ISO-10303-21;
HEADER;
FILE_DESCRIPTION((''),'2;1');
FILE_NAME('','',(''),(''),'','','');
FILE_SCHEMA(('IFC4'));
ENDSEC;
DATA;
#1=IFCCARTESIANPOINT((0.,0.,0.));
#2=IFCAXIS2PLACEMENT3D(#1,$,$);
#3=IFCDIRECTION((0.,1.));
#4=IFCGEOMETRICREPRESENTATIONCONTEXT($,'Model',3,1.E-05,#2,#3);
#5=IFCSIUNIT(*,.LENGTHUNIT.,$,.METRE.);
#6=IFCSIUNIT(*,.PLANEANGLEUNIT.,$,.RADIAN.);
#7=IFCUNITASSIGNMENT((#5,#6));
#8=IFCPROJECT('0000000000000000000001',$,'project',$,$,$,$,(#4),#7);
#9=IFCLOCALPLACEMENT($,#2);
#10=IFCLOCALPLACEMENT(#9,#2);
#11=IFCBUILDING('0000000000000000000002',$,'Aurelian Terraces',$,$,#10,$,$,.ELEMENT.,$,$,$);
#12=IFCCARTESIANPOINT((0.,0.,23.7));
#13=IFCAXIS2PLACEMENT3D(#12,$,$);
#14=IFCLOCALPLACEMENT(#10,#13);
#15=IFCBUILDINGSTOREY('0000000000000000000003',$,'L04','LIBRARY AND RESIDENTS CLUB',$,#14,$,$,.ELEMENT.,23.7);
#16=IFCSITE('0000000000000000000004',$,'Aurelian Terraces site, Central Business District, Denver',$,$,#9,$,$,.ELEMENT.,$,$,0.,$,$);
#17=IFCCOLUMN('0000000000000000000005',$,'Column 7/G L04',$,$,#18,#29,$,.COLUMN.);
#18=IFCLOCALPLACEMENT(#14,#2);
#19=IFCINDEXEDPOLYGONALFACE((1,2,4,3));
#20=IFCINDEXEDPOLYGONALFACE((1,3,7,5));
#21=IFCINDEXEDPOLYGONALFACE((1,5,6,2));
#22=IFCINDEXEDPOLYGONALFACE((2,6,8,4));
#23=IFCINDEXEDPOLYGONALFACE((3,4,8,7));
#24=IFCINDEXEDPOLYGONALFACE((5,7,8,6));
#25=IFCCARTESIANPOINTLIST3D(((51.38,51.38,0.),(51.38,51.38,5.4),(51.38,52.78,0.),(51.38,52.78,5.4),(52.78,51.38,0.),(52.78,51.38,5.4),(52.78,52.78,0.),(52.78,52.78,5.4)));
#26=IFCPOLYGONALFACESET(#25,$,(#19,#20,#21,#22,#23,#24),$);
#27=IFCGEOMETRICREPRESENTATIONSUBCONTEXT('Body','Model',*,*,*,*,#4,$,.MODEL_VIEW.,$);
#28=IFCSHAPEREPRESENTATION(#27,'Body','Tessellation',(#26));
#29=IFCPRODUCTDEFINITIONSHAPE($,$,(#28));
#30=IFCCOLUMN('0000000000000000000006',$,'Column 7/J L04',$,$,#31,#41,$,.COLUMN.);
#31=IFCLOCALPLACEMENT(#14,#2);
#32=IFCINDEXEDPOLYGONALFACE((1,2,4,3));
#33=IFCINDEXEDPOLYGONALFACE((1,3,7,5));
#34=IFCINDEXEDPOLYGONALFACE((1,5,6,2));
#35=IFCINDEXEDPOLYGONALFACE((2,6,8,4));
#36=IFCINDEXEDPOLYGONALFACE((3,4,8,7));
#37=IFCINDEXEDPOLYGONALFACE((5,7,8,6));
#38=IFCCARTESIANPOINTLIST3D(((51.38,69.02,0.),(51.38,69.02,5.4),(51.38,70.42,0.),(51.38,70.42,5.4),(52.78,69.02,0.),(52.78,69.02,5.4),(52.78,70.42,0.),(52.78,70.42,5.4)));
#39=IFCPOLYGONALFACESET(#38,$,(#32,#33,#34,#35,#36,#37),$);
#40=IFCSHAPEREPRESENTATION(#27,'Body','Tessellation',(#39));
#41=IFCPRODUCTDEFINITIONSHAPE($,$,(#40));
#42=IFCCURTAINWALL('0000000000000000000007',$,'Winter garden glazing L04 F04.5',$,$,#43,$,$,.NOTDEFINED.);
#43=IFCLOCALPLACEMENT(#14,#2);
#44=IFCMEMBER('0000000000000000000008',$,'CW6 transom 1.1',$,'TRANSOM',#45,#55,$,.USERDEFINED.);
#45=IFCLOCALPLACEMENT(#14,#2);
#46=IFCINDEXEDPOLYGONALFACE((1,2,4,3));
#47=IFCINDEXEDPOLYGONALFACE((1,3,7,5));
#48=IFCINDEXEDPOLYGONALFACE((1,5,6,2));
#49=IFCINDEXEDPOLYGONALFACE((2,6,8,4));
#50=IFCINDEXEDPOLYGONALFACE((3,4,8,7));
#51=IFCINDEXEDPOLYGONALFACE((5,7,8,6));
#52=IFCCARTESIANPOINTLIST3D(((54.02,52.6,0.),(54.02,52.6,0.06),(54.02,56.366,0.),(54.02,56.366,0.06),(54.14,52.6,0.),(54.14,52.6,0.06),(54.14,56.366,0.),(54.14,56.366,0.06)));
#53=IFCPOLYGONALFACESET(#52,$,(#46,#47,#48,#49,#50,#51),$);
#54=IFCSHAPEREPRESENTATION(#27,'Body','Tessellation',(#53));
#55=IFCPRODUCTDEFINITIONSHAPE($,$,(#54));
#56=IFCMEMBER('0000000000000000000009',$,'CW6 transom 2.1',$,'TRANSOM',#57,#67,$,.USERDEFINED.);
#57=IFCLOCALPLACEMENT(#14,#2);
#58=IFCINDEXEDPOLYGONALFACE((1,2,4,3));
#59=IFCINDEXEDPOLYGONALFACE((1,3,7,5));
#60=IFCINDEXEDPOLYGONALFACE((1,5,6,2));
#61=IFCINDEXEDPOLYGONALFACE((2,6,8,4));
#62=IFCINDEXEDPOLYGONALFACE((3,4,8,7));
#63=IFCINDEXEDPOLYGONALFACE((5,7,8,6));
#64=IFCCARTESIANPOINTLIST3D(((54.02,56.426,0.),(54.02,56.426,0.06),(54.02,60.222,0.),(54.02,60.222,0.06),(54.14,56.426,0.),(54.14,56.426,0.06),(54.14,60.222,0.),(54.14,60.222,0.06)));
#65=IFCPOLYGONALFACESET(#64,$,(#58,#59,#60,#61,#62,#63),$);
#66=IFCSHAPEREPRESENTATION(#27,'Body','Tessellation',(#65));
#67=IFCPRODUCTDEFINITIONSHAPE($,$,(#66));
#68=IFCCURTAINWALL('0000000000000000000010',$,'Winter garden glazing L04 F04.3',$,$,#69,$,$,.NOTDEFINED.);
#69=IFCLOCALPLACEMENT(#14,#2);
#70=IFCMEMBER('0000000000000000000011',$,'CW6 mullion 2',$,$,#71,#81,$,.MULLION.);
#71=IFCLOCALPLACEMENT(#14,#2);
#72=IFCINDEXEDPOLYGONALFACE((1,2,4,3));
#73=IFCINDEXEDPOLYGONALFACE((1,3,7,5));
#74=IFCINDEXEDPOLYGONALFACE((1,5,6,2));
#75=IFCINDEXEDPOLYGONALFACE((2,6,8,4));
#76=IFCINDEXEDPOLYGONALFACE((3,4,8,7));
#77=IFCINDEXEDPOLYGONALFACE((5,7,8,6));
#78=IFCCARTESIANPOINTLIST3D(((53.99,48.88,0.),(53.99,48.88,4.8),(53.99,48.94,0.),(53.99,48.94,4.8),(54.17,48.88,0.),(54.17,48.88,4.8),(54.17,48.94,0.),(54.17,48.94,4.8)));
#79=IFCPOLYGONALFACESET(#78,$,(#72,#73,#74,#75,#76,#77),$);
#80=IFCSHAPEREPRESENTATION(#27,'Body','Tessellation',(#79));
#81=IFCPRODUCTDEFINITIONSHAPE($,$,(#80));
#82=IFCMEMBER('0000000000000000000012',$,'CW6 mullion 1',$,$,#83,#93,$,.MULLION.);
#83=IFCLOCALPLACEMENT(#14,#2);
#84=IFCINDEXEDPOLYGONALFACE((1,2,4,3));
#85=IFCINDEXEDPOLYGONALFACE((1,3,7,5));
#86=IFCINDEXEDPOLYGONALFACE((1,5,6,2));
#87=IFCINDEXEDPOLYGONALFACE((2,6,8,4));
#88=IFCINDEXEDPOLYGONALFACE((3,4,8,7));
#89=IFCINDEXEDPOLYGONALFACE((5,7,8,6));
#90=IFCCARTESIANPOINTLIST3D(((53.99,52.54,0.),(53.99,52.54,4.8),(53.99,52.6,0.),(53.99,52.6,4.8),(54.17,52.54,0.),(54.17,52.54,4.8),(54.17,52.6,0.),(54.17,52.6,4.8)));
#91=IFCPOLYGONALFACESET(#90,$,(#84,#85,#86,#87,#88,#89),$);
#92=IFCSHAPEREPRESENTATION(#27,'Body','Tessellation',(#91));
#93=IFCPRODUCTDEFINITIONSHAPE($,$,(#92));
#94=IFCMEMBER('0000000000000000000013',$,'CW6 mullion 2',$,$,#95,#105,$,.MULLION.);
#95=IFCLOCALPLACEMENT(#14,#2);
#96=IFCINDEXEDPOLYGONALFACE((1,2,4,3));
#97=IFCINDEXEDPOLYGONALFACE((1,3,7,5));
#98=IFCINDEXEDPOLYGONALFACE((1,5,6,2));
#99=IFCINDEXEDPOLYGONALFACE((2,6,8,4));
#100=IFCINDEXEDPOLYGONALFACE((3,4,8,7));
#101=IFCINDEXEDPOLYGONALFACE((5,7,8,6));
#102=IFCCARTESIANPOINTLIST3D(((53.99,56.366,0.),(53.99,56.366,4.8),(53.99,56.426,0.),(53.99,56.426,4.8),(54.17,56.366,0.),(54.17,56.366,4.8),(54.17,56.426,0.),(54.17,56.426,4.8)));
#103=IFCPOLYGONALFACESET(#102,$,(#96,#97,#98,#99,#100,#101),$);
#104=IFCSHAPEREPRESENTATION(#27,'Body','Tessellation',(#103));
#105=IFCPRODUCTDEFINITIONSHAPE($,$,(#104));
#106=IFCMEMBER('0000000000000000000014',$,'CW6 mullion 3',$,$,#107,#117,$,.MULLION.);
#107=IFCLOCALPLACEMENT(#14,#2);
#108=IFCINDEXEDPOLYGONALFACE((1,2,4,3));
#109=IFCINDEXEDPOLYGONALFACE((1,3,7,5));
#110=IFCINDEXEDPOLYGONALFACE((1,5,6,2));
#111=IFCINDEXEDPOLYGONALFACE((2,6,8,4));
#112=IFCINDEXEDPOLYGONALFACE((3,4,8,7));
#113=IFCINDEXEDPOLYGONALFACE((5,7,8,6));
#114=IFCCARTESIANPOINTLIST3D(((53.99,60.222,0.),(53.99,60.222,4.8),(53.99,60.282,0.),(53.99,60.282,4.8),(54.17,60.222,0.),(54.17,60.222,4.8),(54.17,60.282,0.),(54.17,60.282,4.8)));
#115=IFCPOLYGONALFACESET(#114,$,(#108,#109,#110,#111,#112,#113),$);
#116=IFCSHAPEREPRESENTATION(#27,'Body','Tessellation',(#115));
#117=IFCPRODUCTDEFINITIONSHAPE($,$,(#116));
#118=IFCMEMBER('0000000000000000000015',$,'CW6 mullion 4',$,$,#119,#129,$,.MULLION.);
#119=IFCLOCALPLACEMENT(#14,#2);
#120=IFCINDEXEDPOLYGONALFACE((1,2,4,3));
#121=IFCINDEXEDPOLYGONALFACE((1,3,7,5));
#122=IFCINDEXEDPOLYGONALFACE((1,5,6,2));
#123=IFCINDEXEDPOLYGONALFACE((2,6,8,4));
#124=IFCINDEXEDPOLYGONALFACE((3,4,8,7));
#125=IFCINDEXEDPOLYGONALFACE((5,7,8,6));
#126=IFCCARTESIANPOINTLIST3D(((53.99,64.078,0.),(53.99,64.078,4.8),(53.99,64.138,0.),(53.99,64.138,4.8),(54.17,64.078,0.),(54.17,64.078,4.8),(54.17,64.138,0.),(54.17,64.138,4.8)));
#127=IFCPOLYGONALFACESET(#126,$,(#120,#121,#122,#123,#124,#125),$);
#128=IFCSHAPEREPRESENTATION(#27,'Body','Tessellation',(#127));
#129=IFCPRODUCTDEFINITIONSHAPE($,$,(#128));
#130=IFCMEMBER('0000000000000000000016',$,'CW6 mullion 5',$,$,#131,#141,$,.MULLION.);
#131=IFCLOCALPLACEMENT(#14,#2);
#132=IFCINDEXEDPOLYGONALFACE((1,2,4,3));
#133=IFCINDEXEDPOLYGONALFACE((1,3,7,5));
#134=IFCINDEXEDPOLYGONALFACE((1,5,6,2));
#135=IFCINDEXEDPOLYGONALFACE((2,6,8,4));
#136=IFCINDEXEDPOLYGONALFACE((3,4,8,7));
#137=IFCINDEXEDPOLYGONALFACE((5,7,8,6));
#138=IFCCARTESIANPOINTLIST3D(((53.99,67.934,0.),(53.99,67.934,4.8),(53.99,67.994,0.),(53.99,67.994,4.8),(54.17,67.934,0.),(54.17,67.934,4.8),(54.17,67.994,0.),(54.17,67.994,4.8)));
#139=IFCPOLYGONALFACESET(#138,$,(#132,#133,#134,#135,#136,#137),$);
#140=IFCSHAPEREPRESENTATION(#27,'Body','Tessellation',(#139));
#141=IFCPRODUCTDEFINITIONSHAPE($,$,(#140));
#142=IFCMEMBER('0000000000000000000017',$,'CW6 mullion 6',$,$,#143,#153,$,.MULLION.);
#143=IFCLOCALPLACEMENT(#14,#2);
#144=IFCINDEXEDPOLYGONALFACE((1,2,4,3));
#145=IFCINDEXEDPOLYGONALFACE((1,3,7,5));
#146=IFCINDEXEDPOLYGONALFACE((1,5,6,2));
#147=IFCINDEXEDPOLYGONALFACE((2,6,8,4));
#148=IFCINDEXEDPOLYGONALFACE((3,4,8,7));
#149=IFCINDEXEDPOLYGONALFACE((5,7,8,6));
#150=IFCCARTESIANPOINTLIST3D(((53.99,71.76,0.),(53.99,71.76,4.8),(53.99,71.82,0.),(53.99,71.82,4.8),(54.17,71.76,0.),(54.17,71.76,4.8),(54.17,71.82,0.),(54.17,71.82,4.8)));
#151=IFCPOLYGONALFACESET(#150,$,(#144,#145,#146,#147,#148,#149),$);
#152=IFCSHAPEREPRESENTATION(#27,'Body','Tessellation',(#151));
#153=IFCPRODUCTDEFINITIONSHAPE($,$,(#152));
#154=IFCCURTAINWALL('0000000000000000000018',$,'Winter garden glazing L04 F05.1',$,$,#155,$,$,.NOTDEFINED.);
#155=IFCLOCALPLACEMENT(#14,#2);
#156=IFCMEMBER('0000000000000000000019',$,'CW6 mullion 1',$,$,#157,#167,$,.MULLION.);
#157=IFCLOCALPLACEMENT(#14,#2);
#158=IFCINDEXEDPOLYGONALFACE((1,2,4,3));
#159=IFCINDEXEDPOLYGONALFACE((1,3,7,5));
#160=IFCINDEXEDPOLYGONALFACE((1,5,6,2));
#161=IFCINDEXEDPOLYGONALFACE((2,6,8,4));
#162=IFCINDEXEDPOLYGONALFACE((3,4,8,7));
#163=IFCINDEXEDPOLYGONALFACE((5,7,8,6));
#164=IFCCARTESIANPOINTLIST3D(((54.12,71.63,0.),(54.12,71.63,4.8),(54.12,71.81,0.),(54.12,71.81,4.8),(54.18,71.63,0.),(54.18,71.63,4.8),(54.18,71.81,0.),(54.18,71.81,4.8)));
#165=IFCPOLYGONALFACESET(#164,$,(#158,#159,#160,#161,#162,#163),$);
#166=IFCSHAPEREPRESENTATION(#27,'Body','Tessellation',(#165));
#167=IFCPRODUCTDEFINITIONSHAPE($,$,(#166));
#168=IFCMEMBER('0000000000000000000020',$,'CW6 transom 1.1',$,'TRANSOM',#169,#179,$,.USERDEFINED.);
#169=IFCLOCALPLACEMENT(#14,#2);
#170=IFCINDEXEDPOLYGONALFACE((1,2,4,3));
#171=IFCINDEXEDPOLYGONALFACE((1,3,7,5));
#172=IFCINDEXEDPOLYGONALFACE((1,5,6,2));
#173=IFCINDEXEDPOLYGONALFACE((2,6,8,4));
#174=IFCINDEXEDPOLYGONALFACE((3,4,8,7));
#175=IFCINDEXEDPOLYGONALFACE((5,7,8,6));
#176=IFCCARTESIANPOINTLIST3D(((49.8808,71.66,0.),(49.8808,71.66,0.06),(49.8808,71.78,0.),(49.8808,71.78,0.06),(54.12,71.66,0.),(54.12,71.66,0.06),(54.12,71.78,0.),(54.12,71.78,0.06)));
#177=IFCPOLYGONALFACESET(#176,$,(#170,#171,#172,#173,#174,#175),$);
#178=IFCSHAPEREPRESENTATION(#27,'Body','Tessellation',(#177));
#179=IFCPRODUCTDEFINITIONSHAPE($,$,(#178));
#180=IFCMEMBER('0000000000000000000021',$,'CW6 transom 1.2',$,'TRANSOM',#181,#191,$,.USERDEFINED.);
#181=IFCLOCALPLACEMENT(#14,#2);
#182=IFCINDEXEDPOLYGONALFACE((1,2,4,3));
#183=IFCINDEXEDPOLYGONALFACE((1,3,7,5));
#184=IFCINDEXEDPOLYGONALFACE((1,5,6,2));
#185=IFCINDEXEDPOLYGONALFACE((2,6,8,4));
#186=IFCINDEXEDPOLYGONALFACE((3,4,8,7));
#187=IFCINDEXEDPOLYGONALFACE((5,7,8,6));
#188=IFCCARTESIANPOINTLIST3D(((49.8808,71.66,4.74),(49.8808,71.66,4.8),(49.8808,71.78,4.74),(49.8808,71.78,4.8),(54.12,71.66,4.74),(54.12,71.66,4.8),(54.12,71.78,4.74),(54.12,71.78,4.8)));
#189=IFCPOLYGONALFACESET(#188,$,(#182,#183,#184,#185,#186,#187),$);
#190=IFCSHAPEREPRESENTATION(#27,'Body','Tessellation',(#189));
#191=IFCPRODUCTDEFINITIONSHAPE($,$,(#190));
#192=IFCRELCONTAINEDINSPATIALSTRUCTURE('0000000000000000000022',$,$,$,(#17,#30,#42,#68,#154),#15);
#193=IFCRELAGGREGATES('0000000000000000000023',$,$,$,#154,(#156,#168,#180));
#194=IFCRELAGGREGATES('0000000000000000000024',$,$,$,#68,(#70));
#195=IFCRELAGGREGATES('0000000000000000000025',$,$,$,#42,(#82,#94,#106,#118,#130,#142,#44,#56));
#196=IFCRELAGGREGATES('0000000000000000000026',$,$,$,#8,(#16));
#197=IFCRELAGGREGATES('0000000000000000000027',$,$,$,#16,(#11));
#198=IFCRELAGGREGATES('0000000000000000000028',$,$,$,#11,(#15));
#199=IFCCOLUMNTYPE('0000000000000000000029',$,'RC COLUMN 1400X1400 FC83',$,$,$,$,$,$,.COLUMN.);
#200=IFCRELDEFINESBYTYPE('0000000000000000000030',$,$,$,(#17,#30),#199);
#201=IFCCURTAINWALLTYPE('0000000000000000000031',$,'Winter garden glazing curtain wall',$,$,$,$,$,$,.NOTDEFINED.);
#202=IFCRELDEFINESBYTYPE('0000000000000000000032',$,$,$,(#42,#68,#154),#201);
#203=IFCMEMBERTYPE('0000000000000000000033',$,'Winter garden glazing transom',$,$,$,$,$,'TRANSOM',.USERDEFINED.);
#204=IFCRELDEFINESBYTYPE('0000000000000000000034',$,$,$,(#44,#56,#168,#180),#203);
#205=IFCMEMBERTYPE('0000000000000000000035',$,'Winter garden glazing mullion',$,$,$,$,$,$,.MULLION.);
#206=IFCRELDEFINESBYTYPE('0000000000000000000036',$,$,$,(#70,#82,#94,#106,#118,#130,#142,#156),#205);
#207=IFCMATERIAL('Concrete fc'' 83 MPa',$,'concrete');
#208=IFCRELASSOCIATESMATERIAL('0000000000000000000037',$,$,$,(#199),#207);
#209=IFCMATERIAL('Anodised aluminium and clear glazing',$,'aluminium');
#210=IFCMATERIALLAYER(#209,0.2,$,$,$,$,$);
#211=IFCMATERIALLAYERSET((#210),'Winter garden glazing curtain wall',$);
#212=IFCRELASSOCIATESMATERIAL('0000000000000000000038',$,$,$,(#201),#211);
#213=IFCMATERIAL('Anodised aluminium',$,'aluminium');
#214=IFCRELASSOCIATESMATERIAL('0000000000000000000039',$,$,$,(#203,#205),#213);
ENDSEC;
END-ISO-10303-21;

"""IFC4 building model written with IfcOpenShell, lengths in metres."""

from ifc_helpers import new_model, si_unit, direction, frame, origin, origin_2d, place, context, subcontext, project, spatial, rectangle, extrude, source, transform, mapped, material, layer, layer_set, material_profile, profile_set, type_object, element, aggregate, save


model = new_model("IFC4")

# Units and contexts
model_context = context("Model", 3, precision=1e-05, world=origin(), true_north=direction((0.0, 1.0)))
body_context = subcontext(model_context, "Body", "Model", "MODEL_VIEW")
ifc_project = project(units=[si_unit("LENGTHUNIT", "METRE"), si_unit("PLANEANGLEUNIT", "RADIAN")], contexts=[model_context])

# Site, building, storey
site_placement = place(None, origin())
site = spatial("IfcSite", under=ifc_project, at=site_placement, Name="Aurelian Terraces site, Central Business District, Denver", CompositionType="ELEMENT", RefElevation=0.0)
building_placement = place(site_placement, origin())
building = spatial("IfcBuilding", under=site, at=building_placement, Name="Aurelian Terraces", CompositionType="ELEMENT")
storey_placement = place(building_placement, frame((0.0, 0.0, 23.7)))
storey = spatial("IfcBuildingStorey", under=building, at=storey_placement, Name="L04", Description="LIBRARY AND RESIDENTS CLUB", CompositionType="ELEMENT", Elevation=23.7)

# Columns
ifc_material_1 = material(Name="Concrete fc' 83 MPa", Category="concrete")
ifc_material_profile_1 = material_profile(ifc_material_1, rectangle(XDim=1.4, YDim=1.4, at=origin_2d()))
ifc_profile_set_1 = profile_set([ifc_material_profile_1], Name="Concrete fc' 83 MPa")
column_type = type_object("IfcColumnType", Name="RC COLUMN 1400X1400 FC83", PredefinedType="COLUMN", material=ifc_profile_set_1)
shared_shape_1 = source(origin(), body_context, "Body", "SweptSolid", [
    extrude(rectangle(XDim=1.4, YDim=1.4, at=origin_2d()), origin(), (0.0, 0.0, 1.0), 5.4),
])
for number, where, z_axis, x_axis, name in (
    (1, (52.08, 52.08, 0.0), (0.0, 0.0, 1.0), (1.0, 0.0, 0.0), "Column 7/G L04"),
    (2, (52.08, 69.72, 0.0), (0.0, 0.0, 1.0), (1.0, 0.0, 0.0), "Column 7/J L04"),
):
    element("IfcColumn", number, at=place(storey_placement, frame(where, z_axis=z_axis, x_axis=x_axis)), inside=storey, type_object=column_type, Name=name, PredefinedType="COLUMN", context=body_context, shape_type="MappedRepresentation", body=[
        mapped(shared_shape_1, transform((0.0, 0.0, 0.0), scale=1.0)),
    ])

# Curtain wall, members
ifc_material_2 = material(Name="Anodised aluminium and clear glazing", Category="aluminium")
ifc_layer_1 = layer(ifc_material_2, 0.2)
ifc_layer_set_1 = layer_set([ifc_layer_1], Name="Winter garden glazing curtain wall")
curtain_wall_type = type_object("IfcCurtainWallType", Name="Winter garden glazing curtain wall", PredefinedType="NOTDEFINED", material=ifc_layer_set_1)
curtain_wall_1_placement = place(storey_placement, origin())
curtain_wall_1 = element("IfcCurtainWall", 3, at=curtain_wall_1_placement, inside=storey, type_object=curtain_wall_type, Name="Winter garden glazing L04 F04.5", PredefinedType="NOTDEFINED")
ifc_material_3 = material(Name="Anodised aluminium", Category="aluminium")
ifc_material_profile_2 = material_profile(ifc_material_3, rectangle(XDim=0.12, YDim=0.06, at=origin_2d()))
ifc_profile_set_2 = profile_set([ifc_material_profile_2], Name="Anodised aluminium")
member_type_1 = type_object("IfcMemberType", Name="Winter garden glazing transom", ElementType="TRANSOM", PredefinedType="USERDEFINED", material=ifc_profile_set_2)
member_1_placement = place(storey_placement, frame((54.08, 52.6, 0.03), z_axis=(0.0, 1.0, 0.0), x_axis=(-1.0, 0.0, 0.0)))
member_1 = element("IfcMember", 4, at=member_1_placement, type_object=member_type_1, Name="CW6 transom 1.1", ObjectType="TRANSOM", PredefinedType="USERDEFINED", context=body_context, shape_type="SweptSolid", body=[
    extrude(rectangle(XDim=0.12, YDim=0.06, at=origin_2d()), origin(), (0.0, 0.0, 1.0), 3.766),
])
member_2_placement = place(storey_placement, frame((54.08, 56.426, 0.03), z_axis=(0.0, 1.0, 0.0), x_axis=(-1.0, 0.0, 0.0)))
member_2 = element("IfcMember", 5, at=member_2_placement, type_object=member_type_1, Name="CW6 transom 2.1", ObjectType="TRANSOM", PredefinedType="USERDEFINED", context=body_context, shape_type="SweptSolid", body=[
    extrude(rectangle(XDim=0.12, YDim=0.06, at=origin_2d()), origin(), (0.0, 0.0, 1.0), 3.796),
])

# Curtain wall, member
curtain_wall_2_placement = place(storey_placement, origin())
curtain_wall_2 = element("IfcCurtainWall", 6, at=curtain_wall_2_placement, inside=storey, type_object=curtain_wall_type, Name="Winter garden glazing L04 F04.3", PredefinedType="NOTDEFINED")
ifc_material_profile_3 = material_profile(ifc_material_3, rectangle(XDim=0.18, YDim=0.06, at=origin_2d()))
ifc_profile_set_3 = profile_set([ifc_material_profile_3], Name="Anodised aluminium")
member_type_2 = type_object("IfcMemberType", Name="Winter garden glazing mullion", PredefinedType="MULLION", material=ifc_profile_set_3)
shared_shape_2 = source(origin(), body_context, "Body", "SweptSolid", [
    extrude(rectangle(XDim=0.18, YDim=0.06, at=origin_2d()), origin(), (0.0, 0.0, 1.0), 4.8),
])
member_3_placement = place(storey_placement, frame((54.08, 48.91, 0.0), z_axis=(0.0, 0.0, 1.0), x_axis=(-1.0, 0.0, 0.0)))
member_3 = element("IfcMember", 7, at=member_3_placement, type_object=member_type_2, Name="CW6 mullion 2", PredefinedType="MULLION", context=body_context, shape_type="MappedRepresentation", body=[
    mapped(shared_shape_2, transform((0.0, 0.0, 0.0), scale=1.0)),
])

# Members
member_4_placement = place(storey_placement, frame((54.08, 52.57, 0.0), z_axis=(0.0, 0.0, 1.0), x_axis=(-1.0, 0.0, 0.0)))
member_4 = element("IfcMember", 8, at=member_4_placement, type_object=member_type_2, Name="CW6 mullion 1", PredefinedType="MULLION", context=body_context, shape_type="MappedRepresentation", body=[
    mapped(shared_shape_2, transform((0.0, 0.0, 0.0), scale=1.0)),
])
member_5_placement = place(storey_placement, frame((54.08, 56.396, 0.0), z_axis=(0.0, 0.0, 1.0), x_axis=(-1.0, 0.0, 0.0)))
member_5 = element("IfcMember", 9, at=member_5_placement, type_object=member_type_2, Name="CW6 mullion 2", PredefinedType="MULLION", context=body_context, shape_type="MappedRepresentation", body=[
    mapped(shared_shape_2, transform((0.0, 0.0, 0.0), scale=1.0)),
])
member_6_placement = place(storey_placement, frame((54.08, 60.252, 0.0), z_axis=(0.0, 0.0, 1.0), x_axis=(-1.0, 0.0, 0.0)))
member_6 = element("IfcMember", 10, at=member_6_placement, type_object=member_type_2, Name="CW6 mullion 3", PredefinedType="MULLION", context=body_context, shape_type="MappedRepresentation", body=[
    mapped(shared_shape_2, transform((0.0, 0.0, 0.0), scale=1.0)),
])
member_7_placement = place(storey_placement, frame((54.08, 64.108, 0.0), z_axis=(0.0, 0.0, 1.0), x_axis=(-1.0, 0.0, 0.0)))
member_7 = element("IfcMember", 11, at=member_7_placement, type_object=member_type_2, Name="CW6 mullion 4", PredefinedType="MULLION", context=body_context, shape_type="MappedRepresentation", body=[
    mapped(shared_shape_2, transform((0.0, 0.0, 0.0), scale=1.0)),
])
member_8_placement = place(storey_placement, frame((54.08, 67.964, 0.0), z_axis=(0.0, 0.0, 1.0), x_axis=(-1.0, 0.0, 0.0)))
member_8 = element("IfcMember", 12, at=member_8_placement, type_object=member_type_2, Name="CW6 mullion 5", PredefinedType="MULLION", context=body_context, shape_type="MappedRepresentation", body=[
    mapped(shared_shape_2, transform((0.0, 0.0, 0.0), scale=1.0)),
])
member_9_placement = place(storey_placement, frame((54.08, 71.79, 0.0), z_axis=(0.0, 0.0, 1.0), x_axis=(-1.0, 0.0, 0.0)))
member_9 = element("IfcMember", 13, at=member_9_placement, type_object=member_type_2, Name="CW6 mullion 6", PredefinedType="MULLION", context=body_context, shape_type="MappedRepresentation", body=[
    mapped(shared_shape_2, transform((0.0, 0.0, 0.0), scale=1.0)),
])

# Curtain wall, members
curtain_wall_3_placement = place(storey_placement, origin())
curtain_wall_3 = element("IfcCurtainWall", 14, at=curtain_wall_3_placement, inside=storey, type_object=curtain_wall_type, Name="Winter garden glazing L04 F05.1", PredefinedType="NOTDEFINED")
member_10_placement = place(storey_placement, frame((54.15, 71.72, 0.0), z_axis=(0.0, 0.0, 1.0), x_axis=(0.0, -1.0, 0.0)))
member_10 = element("IfcMember", 15, at=member_10_placement, type_object=member_type_2, Name="CW6 mullion 1", PredefinedType="MULLION", context=body_context, shape_type="MappedRepresentation", body=[
    mapped(shared_shape_2, transform((0.0, 0.0, 0.0), scale=1.0)),
])
shared_shape_3 = source(origin(), body_context, "Body", "SweptSolid", [
    extrude(rectangle(XDim=0.12, YDim=0.06, at=origin_2d()), origin(), (0.0, 0.0, 1.0), 4.2392),
])
member_11_placement = place(storey_placement, frame((54.12, 71.72, 0.03), z_axis=(-1.0, 0.0, 0.0), x_axis=(0.0, -1.0, 0.0)))
member_11 = element("IfcMember", 16, at=member_11_placement, type_object=member_type_1, Name="CW6 transom 1.1", ObjectType="TRANSOM", PredefinedType="USERDEFINED", context=body_context, shape_type="MappedRepresentation", body=[
    mapped(shared_shape_3, transform((0.0, 0.0, 0.0), scale=1.0)),
])
member_12_placement = place(storey_placement, frame((54.12, 71.72, 4.77), z_axis=(-1.0, 0.0, 0.0), x_axis=(0.0, -1.0, 0.0)))
member_12 = element("IfcMember", 17, at=member_12_placement, type_object=member_type_1, Name="CW6 transom 1.2", ObjectType="TRANSOM", PredefinedType="USERDEFINED", context=body_context, shape_type="MappedRepresentation", body=[
    mapped(shared_shape_3, transform((0.0, 0.0, 0.0), scale=1.0)),
])
aggregate(curtain_wall_3, [member_10, member_11, member_12])

aggregate(curtain_wall_2, [member_3])
aggregate(curtain_wall_1, [member_4, member_5, member_6, member_7, member_8, member_9, member_1, member_2])

save(model, "model.ifc")
